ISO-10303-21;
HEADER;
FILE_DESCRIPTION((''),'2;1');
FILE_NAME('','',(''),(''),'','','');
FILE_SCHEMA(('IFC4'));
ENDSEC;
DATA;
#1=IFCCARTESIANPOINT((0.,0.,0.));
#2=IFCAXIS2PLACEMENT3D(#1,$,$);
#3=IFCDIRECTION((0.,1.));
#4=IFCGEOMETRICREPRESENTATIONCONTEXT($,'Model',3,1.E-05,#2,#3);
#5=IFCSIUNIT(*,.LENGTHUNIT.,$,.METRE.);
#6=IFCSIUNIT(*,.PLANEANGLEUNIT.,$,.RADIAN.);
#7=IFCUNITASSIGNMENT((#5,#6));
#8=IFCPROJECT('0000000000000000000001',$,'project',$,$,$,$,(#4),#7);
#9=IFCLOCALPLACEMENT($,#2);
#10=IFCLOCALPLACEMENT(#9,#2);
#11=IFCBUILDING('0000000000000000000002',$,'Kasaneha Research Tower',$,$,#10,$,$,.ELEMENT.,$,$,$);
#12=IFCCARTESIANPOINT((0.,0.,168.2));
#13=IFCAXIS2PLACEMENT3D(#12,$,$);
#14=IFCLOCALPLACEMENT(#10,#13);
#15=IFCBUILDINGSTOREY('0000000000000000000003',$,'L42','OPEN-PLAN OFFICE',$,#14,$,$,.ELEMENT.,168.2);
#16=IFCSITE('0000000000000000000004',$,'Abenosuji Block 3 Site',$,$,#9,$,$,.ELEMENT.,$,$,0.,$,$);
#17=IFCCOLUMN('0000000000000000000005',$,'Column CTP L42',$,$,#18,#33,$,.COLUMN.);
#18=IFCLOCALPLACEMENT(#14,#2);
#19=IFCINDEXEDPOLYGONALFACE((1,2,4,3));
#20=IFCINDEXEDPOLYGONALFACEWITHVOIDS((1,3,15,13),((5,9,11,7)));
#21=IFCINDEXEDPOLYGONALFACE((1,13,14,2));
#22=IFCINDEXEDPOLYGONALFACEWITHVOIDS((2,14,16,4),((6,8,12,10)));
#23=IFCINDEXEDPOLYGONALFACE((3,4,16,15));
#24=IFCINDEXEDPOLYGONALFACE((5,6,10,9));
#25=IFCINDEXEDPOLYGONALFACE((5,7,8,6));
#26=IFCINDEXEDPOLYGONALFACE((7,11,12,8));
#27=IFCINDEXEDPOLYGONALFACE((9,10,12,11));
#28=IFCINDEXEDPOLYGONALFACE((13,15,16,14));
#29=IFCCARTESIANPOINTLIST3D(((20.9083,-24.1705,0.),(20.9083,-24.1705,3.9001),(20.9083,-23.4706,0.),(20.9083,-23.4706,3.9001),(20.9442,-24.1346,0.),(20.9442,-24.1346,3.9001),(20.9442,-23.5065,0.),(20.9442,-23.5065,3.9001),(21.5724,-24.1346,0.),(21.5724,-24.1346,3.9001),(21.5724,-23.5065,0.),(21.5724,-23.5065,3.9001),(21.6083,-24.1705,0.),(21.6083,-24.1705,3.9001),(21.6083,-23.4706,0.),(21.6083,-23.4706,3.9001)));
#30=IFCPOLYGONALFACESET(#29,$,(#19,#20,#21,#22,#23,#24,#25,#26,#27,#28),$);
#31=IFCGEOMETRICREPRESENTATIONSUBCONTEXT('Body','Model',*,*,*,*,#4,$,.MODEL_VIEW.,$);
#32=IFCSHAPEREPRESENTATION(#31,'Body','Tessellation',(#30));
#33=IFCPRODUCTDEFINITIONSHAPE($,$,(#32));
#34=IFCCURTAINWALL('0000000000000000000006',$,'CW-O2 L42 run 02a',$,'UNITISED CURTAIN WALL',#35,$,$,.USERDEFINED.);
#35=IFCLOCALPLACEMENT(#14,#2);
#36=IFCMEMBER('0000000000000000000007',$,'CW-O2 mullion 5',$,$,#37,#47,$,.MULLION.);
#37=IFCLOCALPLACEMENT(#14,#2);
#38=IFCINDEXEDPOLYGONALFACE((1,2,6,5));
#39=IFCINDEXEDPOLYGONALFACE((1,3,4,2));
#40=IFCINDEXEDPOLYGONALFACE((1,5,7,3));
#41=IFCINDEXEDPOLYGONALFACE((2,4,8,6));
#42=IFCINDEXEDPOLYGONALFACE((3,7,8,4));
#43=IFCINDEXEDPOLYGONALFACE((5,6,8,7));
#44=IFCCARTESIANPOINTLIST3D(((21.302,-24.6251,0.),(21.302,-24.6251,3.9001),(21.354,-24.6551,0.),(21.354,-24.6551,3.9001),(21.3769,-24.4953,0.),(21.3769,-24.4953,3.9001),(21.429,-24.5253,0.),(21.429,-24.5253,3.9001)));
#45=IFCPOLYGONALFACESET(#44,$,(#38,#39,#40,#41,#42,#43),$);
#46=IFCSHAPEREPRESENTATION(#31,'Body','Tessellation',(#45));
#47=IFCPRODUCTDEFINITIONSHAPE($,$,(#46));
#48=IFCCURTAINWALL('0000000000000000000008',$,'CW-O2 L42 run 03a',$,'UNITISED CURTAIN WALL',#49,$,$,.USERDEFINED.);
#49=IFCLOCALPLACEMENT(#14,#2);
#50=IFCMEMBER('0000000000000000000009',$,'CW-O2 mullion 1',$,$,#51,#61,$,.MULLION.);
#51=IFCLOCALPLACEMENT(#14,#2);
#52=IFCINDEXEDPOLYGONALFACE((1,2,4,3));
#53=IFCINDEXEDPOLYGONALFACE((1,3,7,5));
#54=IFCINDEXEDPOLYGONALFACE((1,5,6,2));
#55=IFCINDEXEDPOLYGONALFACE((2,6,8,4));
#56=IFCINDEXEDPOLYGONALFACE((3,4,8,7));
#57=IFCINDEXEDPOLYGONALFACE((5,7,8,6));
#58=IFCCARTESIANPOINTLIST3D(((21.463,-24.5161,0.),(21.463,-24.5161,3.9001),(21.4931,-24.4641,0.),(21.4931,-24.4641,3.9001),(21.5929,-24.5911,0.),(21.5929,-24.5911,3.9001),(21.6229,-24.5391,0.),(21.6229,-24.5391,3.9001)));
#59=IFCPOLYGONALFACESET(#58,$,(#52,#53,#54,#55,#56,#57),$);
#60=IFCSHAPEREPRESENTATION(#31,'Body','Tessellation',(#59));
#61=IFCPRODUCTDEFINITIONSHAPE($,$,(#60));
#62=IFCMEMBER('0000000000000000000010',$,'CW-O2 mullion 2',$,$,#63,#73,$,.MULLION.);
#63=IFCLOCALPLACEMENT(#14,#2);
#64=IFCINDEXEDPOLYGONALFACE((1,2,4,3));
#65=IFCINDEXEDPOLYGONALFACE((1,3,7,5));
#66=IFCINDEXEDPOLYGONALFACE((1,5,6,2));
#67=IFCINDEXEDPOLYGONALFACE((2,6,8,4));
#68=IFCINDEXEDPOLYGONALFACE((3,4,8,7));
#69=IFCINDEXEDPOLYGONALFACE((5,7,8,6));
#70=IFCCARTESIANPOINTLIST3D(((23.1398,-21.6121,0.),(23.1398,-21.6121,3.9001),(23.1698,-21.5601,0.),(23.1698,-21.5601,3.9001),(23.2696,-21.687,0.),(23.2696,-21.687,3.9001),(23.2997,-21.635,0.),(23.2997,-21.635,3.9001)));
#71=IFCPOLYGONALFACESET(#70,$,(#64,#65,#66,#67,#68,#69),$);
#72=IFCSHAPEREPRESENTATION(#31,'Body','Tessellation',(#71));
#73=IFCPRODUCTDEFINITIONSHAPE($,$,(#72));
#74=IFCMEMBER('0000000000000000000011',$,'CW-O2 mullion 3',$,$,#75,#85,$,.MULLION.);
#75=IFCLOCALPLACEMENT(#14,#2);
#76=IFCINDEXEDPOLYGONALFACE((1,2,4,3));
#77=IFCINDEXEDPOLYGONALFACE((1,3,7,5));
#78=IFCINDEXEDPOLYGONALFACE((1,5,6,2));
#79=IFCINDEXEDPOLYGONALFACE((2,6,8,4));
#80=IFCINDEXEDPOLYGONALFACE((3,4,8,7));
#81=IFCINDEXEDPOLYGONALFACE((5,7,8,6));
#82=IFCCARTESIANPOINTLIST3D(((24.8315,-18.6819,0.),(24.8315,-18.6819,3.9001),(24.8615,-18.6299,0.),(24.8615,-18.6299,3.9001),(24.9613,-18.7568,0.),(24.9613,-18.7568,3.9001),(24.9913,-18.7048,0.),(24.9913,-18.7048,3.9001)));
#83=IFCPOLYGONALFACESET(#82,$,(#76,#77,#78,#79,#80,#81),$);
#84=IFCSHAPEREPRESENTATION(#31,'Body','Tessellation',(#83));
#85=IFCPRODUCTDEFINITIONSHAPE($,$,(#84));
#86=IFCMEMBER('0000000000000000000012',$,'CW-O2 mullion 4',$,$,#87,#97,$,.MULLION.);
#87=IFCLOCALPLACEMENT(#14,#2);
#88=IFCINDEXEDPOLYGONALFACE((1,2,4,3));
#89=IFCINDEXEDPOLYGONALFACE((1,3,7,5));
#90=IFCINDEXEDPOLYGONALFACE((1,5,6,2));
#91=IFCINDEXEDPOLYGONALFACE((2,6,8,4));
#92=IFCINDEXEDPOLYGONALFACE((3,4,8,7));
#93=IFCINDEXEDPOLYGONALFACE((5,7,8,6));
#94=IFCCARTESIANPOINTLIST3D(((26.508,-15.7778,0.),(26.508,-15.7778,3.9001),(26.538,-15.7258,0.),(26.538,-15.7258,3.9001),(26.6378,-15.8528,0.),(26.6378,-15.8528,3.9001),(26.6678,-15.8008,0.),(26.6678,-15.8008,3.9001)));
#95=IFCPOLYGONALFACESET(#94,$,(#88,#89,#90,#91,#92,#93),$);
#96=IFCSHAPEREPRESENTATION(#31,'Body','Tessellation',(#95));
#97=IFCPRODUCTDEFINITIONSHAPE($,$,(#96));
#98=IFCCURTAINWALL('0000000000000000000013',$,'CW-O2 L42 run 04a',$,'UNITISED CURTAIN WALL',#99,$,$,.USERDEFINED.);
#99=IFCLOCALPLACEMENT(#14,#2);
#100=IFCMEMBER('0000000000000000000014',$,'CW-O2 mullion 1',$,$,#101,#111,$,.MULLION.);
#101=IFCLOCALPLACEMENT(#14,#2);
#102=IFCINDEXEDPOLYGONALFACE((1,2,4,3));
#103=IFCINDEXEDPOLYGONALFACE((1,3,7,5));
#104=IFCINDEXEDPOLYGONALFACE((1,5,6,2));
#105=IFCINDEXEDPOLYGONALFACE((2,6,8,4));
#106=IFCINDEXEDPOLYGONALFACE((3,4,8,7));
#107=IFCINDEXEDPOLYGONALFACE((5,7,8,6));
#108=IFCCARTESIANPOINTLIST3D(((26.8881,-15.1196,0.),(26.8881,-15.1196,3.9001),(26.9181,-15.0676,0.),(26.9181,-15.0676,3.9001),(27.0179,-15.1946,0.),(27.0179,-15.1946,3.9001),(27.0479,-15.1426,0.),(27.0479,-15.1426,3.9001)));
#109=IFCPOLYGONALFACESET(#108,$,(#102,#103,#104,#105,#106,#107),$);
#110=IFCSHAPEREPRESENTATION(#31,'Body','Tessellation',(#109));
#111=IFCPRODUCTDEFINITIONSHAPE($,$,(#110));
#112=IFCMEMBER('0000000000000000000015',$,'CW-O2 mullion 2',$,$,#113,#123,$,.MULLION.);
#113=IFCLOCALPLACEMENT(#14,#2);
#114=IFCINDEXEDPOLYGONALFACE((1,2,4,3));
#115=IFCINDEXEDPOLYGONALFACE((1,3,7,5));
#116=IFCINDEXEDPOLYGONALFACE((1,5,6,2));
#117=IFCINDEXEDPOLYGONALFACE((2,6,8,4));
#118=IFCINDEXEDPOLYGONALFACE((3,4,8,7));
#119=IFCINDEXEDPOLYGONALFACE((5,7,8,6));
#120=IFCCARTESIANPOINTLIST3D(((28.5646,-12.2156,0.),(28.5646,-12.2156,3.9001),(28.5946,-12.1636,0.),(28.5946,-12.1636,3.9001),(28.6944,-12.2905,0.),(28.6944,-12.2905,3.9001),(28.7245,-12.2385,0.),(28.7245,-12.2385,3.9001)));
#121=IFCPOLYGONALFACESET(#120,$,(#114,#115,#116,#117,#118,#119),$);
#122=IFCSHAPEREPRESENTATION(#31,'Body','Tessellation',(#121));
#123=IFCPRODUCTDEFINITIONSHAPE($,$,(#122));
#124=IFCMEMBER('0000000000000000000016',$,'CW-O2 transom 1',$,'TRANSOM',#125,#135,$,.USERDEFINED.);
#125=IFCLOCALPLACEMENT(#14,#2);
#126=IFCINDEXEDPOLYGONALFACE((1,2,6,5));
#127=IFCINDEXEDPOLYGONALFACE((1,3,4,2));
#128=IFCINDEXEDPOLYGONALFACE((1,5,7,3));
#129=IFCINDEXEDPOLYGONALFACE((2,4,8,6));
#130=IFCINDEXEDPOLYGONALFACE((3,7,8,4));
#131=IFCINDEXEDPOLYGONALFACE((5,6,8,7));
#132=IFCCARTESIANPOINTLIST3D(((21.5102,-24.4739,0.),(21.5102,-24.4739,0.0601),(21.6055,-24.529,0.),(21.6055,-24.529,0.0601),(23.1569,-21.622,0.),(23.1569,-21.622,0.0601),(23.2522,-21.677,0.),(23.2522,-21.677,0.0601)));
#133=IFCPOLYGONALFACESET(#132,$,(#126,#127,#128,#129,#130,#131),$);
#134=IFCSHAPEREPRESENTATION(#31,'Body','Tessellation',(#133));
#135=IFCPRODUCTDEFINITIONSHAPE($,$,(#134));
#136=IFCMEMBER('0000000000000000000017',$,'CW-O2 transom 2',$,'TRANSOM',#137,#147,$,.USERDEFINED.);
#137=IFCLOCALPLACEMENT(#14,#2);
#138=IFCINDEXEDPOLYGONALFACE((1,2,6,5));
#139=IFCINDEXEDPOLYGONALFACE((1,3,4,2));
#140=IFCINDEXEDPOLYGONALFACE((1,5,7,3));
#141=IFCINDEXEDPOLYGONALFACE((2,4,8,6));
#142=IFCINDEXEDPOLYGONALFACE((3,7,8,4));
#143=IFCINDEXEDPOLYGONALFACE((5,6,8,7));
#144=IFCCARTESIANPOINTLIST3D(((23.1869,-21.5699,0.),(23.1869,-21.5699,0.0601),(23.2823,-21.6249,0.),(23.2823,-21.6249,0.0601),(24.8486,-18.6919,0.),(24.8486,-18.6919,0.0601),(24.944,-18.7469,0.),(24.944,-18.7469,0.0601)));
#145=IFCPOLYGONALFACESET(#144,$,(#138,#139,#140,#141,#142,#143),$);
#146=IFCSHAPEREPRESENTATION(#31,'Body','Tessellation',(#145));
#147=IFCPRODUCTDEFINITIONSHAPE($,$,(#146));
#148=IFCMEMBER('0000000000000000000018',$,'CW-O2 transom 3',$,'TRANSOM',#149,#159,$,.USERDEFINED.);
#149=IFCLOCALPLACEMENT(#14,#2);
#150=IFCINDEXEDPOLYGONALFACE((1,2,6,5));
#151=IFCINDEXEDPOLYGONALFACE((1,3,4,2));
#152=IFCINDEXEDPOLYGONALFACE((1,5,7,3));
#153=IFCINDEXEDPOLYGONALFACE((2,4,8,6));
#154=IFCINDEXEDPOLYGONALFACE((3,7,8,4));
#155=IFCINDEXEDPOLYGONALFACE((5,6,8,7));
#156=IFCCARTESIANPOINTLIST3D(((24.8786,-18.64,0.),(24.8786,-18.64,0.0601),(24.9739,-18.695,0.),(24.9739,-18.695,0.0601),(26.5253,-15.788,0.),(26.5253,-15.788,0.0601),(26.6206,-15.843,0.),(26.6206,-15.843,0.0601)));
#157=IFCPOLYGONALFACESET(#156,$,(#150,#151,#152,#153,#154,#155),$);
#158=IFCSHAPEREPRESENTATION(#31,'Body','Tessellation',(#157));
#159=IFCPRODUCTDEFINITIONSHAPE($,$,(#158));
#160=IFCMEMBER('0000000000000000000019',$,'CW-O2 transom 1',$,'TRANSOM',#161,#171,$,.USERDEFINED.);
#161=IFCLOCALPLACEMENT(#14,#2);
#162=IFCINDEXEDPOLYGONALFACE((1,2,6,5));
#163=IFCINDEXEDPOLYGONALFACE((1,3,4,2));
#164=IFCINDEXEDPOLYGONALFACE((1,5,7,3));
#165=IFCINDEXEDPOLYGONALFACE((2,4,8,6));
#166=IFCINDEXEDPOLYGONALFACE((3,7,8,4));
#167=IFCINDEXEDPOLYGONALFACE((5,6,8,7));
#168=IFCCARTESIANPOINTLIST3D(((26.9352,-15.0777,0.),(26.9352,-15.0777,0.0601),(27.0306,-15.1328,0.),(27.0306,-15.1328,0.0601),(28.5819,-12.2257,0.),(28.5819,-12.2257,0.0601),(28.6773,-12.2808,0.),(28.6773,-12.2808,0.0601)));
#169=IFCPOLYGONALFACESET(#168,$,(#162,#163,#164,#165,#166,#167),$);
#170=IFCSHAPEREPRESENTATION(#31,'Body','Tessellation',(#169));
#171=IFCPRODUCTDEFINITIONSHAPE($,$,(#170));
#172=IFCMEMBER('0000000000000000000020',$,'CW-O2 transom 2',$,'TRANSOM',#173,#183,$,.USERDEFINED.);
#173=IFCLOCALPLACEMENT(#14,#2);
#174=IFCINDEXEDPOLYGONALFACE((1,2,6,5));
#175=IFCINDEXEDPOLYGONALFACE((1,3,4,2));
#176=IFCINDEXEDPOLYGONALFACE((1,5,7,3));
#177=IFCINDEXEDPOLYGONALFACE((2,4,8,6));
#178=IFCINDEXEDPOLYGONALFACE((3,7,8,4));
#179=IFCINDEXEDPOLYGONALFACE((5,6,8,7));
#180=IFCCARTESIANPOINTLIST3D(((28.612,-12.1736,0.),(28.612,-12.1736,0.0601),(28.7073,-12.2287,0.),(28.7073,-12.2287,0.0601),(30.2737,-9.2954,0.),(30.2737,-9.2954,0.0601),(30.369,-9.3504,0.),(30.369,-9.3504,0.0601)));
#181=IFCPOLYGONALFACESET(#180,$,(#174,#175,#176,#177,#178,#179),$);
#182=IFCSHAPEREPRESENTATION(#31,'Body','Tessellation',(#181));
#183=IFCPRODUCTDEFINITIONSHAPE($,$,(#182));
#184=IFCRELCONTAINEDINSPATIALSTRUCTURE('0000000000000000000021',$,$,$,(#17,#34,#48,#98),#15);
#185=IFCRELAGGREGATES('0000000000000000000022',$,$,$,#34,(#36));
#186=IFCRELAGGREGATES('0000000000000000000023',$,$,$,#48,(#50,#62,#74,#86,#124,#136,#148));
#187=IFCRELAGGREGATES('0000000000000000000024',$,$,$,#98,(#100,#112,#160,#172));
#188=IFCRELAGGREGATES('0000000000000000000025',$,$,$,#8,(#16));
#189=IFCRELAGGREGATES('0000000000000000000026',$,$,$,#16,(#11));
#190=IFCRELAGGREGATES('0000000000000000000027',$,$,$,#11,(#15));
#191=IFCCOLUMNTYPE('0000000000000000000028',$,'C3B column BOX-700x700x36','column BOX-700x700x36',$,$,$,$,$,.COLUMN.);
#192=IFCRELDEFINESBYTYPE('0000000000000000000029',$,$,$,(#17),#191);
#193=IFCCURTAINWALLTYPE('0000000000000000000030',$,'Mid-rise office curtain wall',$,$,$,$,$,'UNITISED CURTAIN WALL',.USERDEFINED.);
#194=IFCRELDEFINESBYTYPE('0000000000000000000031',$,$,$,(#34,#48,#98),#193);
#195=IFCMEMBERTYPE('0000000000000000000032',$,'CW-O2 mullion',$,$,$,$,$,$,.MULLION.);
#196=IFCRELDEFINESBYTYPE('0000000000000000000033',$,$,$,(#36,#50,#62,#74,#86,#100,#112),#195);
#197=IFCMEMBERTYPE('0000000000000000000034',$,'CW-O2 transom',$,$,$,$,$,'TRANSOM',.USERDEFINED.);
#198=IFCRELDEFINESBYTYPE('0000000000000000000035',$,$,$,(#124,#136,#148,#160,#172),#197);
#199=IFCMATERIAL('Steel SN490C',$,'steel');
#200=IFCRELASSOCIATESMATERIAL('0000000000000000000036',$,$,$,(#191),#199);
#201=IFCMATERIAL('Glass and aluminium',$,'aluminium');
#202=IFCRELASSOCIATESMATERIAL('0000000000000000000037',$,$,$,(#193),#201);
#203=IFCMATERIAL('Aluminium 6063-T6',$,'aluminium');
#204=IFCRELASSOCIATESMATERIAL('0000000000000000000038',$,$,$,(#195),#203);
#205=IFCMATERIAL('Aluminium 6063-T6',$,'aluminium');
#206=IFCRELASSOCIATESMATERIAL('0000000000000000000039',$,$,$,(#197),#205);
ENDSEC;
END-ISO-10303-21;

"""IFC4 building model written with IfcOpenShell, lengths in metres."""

from ifc_helpers import new_model, si_unit, direction, frame, origin, origin_2d, place, context, subcontext, project, spatial, rectangle, hollow_rectangle, extrude, material, material_profile, profile_set, type_object, element, aggregate, save


model = new_model("IFC4")

# Units and contexts
model_context = context("Model", 3, precision=1e-05, world=origin(), true_north=direction((0.0, 1.0)))
body_context = subcontext(model_context, "Body", "Model", "MODEL_VIEW")
ifc_project = project(units=[si_unit("LENGTHUNIT", "METRE"), si_unit("PLANEANGLEUNIT", "RADIAN")], contexts=[model_context])

# Site, building, storey
site_placement = place(None, origin())
site = spatial("IfcSite", under=ifc_project, at=site_placement, Name="Abenosuji Block 3 Site", CompositionType="ELEMENT", RefElevation=0.0)
building_placement = place(site_placement, origin())
building = spatial("IfcBuilding", under=site, at=building_placement, Name="Kasaneha Research Tower", CompositionType="ELEMENT")
storey_placement = place(building_placement, frame((0.0, 0.0, 168.2)))
storey = spatial("IfcBuildingStorey", under=building, at=storey_placement, Name="L42", Description="OPEN-PLAN OFFICE", CompositionType="ELEMENT", Elevation=168.2)

# Column
ifc_material_1 = material(Name="Steel SN490C", Category="steel")
ifc_material_profile_1 = material_profile(ifc_material_1, hollow_rectangle(XDim=0.7, YDim=0.7, WallThickness=0.0359, at=origin_2d()), Name="BOX-700x700x36")
ifc_profile_set_1 = profile_set([ifc_material_profile_1], Name="Steel SN490C")
column_type = type_object("IfcColumnType", Name="C3B column BOX-700x700x36", Description="column BOX-700x700x36", PredefinedType="COLUMN", material=ifc_profile_set_1)
column_placement = place(storey_placement, frame((21.2583, -23.8206, 0.0), z_axis=(0.0, 0.0, 1.0), x_axis=(1.0, 0.0, 0.0)))
element("IfcColumn", 1, at=column_placement, inside=storey, type_object=column_type, Name="Column CTP L42", PredefinedType="COLUMN", context=body_context, shape_type="SweptSolid", body=[
    extrude(hollow_rectangle(XDim=0.7, YDim=0.7, WallThickness=0.0359, at=origin_2d()), origin(), (0.0, 0.0, 1.0), 3.9001),
])

# Curtain wall, member
ifc_material_2 = material(Name="Glass and aluminium", Category="aluminium")
curtain_wall_type = type_object("IfcCurtainWallType", Name="Mid-rise office curtain wall", ElementType="UNITISED CURTAIN WALL", PredefinedType="USERDEFINED", material=ifc_material_2)
curtain_wall_1_placement = place(storey_placement, origin())
curtain_wall_1 = element("IfcCurtainWall", 2, at=curtain_wall_1_placement, inside=storey, type_object=curtain_wall_type, Name="CW-O2 L42 run 02a", ObjectType="UNITISED CURTAIN WALL", PredefinedType="USERDEFINED")
ifc_material_3 = material(Name="Aluminium 6063-T6", Category="aluminium")
ifc_material_profile_2 = material_profile(ifc_material_3, rectangle(XDim=0.0601, YDim=0.1499, at=origin_2d()), Name="CW-O2 mullion 60x150")
ifc_profile_set_2 = profile_set([ifc_material_profile_2], Name="Aluminium 6063-T6")
member_type_1 = type_object("IfcMemberType", Name="CW-O2 mullion", PredefinedType="MULLION", material=ifc_profile_set_2)
member_1_placement = place(storey_placement, frame((21.3655, -24.5752, 0.0), z_axis=(0.0, 0.0, 1.0), x_axis=(0.866025, -0.5, 0.0)))
member_1 = element("IfcMember", 3, at=member_1_placement, type_object=member_type_1, Name="CW-O2 mullion 5", PredefinedType="MULLION", context=body_context, shape_type="SweptSolid", body=[
    extrude(rectangle(XDim=0.0601, YDim=0.1499, at=origin_2d()), origin(), (0.0, 0.0, 1.0), 3.9001),
])
aggregate(curtain_wall_1, [member_1])

# Curtain walls, members
curtain_wall_2_placement = place(storey_placement, origin())
curtain_wall_2 = element("IfcCurtainWall", 4, at=curtain_wall_2_placement, inside=storey, type_object=curtain_wall_type, Name="CW-O2 L42 run 03a", ObjectType="UNITISED CURTAIN WALL", PredefinedType="USERDEFINED")
member_2_placement = place(storey_placement, frame((21.543, -24.5276, 0.0), z_axis=(0.0, 0.0, 1.0), x_axis=(0.5, 0.866025, 0.0)))
member_2 = element("IfcMember", 5, at=member_2_placement, type_object=member_type_1, Name="CW-O2 mullion 1", PredefinedType="MULLION", context=body_context, shape_type="SweptSolid", body=[
    extrude(rectangle(XDim=0.0601, YDim=0.1499, at=origin_2d()), origin(), (0.0, 0.0, 1.0), 3.9001),
])
member_3_placement = place(storey_placement, frame((23.2197, -21.6235, 0.0), z_axis=(0.0, 0.0, 1.0), x_axis=(0.5, 0.866025, 0.0)))
member_3 = element("IfcMember", 6, at=member_3_placement, type_object=member_type_1, Name="CW-O2 mullion 2", PredefinedType="MULLION", context=body_context, shape_type="SweptSolid", body=[
    extrude(rectangle(XDim=0.0601, YDim=0.1499, at=origin_2d()), origin(), (0.0, 0.0, 1.0), 3.9001),
])
member_4_placement = place(storey_placement, frame((24.9114, -18.6934, 0.0), z_axis=(0.0, 0.0, 1.0), x_axis=(0.5, 0.866025, 0.0)))
member_4 = element("IfcMember", 7, at=member_4_placement, type_object=member_type_1, Name="CW-O2 mullion 3", PredefinedType="MULLION", context=body_context, shape_type="SweptSolid", body=[
    extrude(rectangle(XDim=0.0601, YDim=0.1499, at=origin_2d()), origin(), (0.0, 0.0, 1.0), 3.9001),
])
member_5_placement = place(storey_placement, frame((26.5879, -15.7893, 0.0), z_axis=(0.0, 0.0, 1.0), x_axis=(0.5, 0.866025, 0.0)))
member_5 = element("IfcMember", 8, at=member_5_placement, type_object=member_type_1, Name="CW-O2 mullion 4", PredefinedType="MULLION", context=body_context, shape_type="SweptSolid", body=[
    extrude(rectangle(XDim=0.0601, YDim=0.1499, at=origin_2d()), origin(), (0.0, 0.0, 1.0), 3.9001),
])
curtain_wall_3_placement = place(storey_placement, origin())
curtain_wall_3 = element("IfcCurtainWall", 9, at=curtain_wall_3_placement, inside=storey, type_object=curtain_wall_type, Name="CW-O2 L42 run 04a", ObjectType="UNITISED CURTAIN WALL", PredefinedType="USERDEFINED")
member_6_placement = place(storey_placement, frame((26.968, -15.1311, 0.0), z_axis=(0.0, 0.0, 1.0), x_axis=(0.5, 0.866025, 0.0)))
member_6 = element("IfcMember", 10, at=member_6_placement, type_object=member_type_1, Name="CW-O2 mullion 1", PredefinedType="MULLION", context=body_context, shape_type="SweptSolid", body=[
    extrude(rectangle(XDim=0.0601, YDim=0.1499, at=origin_2d()), origin(), (0.0, 0.0, 1.0), 3.9001),
])
member_7_placement = place(storey_placement, frame((28.6445, -12.2271, 0.0), z_axis=(0.0, 0.0, 1.0), x_axis=(0.5, 0.866025, 0.0)))
member_7 = element("IfcMember", 11, at=member_7_placement, type_object=member_type_1, Name="CW-O2 mullion 2", PredefinedType="MULLION", context=body_context, shape_type="SweptSolid", body=[
    extrude(rectangle(XDim=0.0601, YDim=0.1499, at=origin_2d()), origin(), (0.0, 0.0, 1.0), 3.9001),
])

# Members
ifc_material_4 = material(Name="Aluminium 6063-T6", Category="aluminium")
ifc_material_profile_3 = material_profile(ifc_material_4, rectangle(XDim=0.1101, YDim=0.0601, at=origin_2d()), Name="CW-O2 transom 110x60")
ifc_profile_set_3 = profile_set([ifc_material_profile_3], Name="Aluminium 6063-T6")
member_type_2 = type_object("IfcMemberType", Name="CW-O2 transom", ElementType="TRANSOM", PredefinedType="USERDEFINED", material=ifc_profile_set_3)
member_8_placement = place(storey_placement, frame((21.5579, -24.5015, 0.03), z_axis=(0.500022, 0.866013, 0.0), x_axis=(-0.866013, 0.500022, 0.0)))
member_8 = element("IfcMember", 12, at=member_8_placement, type_object=member_type_2, Name="CW-O2 transom 1", ObjectType="TRANSOM", PredefinedType="USERDEFINED", context=body_context, shape_type="SweptSolid", body=[
    extrude(rectangle(XDim=0.1101, YDim=0.0601, at=origin_2d()), origin(), (0.0, 0.0, 1.0), 3.2932),
])
member_9_placement = place(storey_placement, frame((23.2346, -21.5974, 0.03), z_axis=(0.500011, 0.866019, 0.0), x_axis=(-0.866019, 0.500011, 0.0)))
member_9 = element("IfcMember", 13, at=member_9_placement, type_object=member_type_2, Name="CW-O2 transom 2", ObjectType="TRANSOM", PredefinedType="USERDEFINED", context=body_context, shape_type="SweptSolid", body=[
    extrude(rectangle(XDim=0.1101, YDim=0.0601, at=origin_2d()), origin(), (0.0, 0.0, 1.0), 3.3232),
])
member_10_placement = place(storey_placement, frame((24.9263, -18.6675, 0.03), z_axis=(0.500022, 0.866013, 0.0), x_axis=(-0.866013, 0.500022, 0.0)))
member_10 = element("IfcMember", 14, at=member_10_placement, type_object=member_type_2, Name="CW-O2 transom 3", ObjectType="TRANSOM", PredefinedType="USERDEFINED", context=body_context, shape_type="SweptSolid", body=[
    extrude(rectangle(XDim=0.1101, YDim=0.0601, at=origin_2d()), origin(), (0.0, 0.0, 1.0), 3.2932),
])
member_11_placement = place(storey_placement, frame((26.9829, -15.1052, 0.03), z_axis=(0.500022, 0.866013, 0.0), x_axis=(-0.866013, 0.500022, 0.0)))
member_11 = element("IfcMember", 15, at=member_11_placement, type_object=member_type_2, Name="CW-O2 transom 1", ObjectType="TRANSOM", PredefinedType="USERDEFINED", context=body_context, shape_type="SweptSolid", body=[
    extrude(rectangle(XDim=0.1101, YDim=0.0601, at=origin_2d()), origin(), (0.0, 0.0, 1.0), 3.2932),
])
member_12_placement = place(storey_placement, frame((28.6597, -12.2012, 0.03), z_axis=(0.499979, 0.866038, 0.0), x_axis=(-0.866038, 0.499979, 0.0)))
member_12 = element("IfcMember", 16, at=member_12_placement, type_object=member_type_2, Name="CW-O2 transom 2", ObjectType="TRANSOM", PredefinedType="USERDEFINED", context=body_context, shape_type="SweptSolid", body=[
    extrude(rectangle(XDim=0.1101, YDim=0.0601, at=origin_2d()), origin(), (0.0, 0.0, 1.0), 3.3235),
])

aggregate(curtain_wall_2, [member_2, member_3, member_4, member_5, member_8, member_9, member_10])
aggregate(curtain_wall_3, [member_6, member_7, member_11, member_12])

save(model, "model.ifc")
